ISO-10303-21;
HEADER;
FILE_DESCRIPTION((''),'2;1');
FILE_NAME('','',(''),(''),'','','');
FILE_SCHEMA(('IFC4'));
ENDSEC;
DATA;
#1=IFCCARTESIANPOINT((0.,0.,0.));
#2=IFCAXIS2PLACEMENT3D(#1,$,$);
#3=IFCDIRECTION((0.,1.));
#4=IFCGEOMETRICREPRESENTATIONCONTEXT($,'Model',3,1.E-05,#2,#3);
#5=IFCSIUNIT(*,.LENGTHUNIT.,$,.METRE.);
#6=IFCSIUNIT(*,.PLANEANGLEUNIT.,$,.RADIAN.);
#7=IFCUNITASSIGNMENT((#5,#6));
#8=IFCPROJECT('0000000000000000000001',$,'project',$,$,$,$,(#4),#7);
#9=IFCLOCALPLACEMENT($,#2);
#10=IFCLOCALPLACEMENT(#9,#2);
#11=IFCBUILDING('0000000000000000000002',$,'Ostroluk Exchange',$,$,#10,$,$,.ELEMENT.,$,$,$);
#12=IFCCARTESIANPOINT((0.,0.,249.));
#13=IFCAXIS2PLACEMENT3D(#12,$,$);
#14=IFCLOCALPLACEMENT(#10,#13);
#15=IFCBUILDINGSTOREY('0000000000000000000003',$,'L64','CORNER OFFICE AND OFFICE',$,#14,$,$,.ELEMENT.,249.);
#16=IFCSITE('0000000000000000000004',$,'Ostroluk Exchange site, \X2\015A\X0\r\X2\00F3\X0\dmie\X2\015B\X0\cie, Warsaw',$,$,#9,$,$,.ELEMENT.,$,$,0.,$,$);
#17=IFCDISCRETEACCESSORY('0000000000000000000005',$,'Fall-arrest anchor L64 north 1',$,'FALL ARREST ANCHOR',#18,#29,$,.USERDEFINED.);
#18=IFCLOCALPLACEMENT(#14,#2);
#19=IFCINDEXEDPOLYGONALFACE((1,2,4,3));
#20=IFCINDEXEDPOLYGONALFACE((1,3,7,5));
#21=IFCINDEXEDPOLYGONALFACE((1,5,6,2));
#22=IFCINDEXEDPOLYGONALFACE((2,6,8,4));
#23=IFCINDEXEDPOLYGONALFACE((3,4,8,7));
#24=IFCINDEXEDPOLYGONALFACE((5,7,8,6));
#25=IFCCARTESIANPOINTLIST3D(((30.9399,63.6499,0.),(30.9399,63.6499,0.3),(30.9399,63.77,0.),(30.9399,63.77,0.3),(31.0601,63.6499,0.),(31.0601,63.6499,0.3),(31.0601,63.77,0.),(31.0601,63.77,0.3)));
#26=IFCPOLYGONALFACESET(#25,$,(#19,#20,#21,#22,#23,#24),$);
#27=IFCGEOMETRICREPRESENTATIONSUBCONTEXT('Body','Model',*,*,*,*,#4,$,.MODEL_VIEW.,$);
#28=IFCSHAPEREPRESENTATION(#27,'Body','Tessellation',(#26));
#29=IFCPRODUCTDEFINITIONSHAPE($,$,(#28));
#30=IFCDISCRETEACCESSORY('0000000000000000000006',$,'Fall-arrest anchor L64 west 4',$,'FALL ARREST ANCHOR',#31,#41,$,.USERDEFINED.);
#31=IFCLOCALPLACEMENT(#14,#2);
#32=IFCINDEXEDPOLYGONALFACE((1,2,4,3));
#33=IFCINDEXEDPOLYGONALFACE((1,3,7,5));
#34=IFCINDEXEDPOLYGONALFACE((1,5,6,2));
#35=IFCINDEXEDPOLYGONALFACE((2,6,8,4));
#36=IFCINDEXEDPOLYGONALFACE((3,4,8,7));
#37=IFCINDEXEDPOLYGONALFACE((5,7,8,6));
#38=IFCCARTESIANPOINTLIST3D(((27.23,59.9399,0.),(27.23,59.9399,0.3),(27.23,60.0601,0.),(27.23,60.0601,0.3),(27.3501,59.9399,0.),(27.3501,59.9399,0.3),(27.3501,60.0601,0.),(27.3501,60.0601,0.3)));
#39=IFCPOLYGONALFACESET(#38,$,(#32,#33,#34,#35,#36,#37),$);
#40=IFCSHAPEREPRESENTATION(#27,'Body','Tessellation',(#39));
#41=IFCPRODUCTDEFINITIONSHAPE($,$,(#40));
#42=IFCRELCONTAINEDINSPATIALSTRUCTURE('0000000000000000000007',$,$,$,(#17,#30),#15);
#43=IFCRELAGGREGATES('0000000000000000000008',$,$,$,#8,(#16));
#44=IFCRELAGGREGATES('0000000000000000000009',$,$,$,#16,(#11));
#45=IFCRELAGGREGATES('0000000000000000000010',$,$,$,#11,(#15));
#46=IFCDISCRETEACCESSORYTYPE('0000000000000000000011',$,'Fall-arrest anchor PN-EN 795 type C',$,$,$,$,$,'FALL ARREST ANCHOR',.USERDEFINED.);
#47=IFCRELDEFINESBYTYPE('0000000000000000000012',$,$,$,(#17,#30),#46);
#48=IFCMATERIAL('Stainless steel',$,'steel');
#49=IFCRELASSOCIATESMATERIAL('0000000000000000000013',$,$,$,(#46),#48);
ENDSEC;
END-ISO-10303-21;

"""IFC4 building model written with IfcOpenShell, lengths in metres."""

from ifc_helpers import new_model, si_unit, direction, frame, origin, origin_2d, place, context, subcontext, project, spatial, rectangle, extrude, material, type_object, element, save


model = new_model("IFC4")

# Units and contexts
model_context = context("Model", 3, precision=1e-05, world=origin(), true_north=direction((0.0, 1.0)))
body_context = subcontext(model_context, "Body", "Model", "MODEL_VIEW")
ifc_project = project(units=[si_unit("LENGTHUNIT", "METRE"), si_unit("PLANEANGLEUNIT", "RADIAN")], contexts=[model_context])

# Site, building, storey
site_placement = place(None, origin())
site = spatial("IfcSite", under=ifc_project, at=site_placement, Name="Ostroluk Exchange site, Śródmieście, Warsaw", CompositionType="ELEMENT", RefElevation=0.0)
building_placement = place(site_placement, origin())
building = spatial("IfcBuilding", under=site, at=building_placement, Name="Ostroluk Exchange", CompositionType="ELEMENT")
storey_placement = place(building_placement, frame((0.0, 0.0, 249.0)))
storey = spatial("IfcBuildingStorey", under=building, at=storey_placement, Name="L64", Description="CORNER OFFICE AND OFFICE", CompositionType="ELEMENT", Elevation=249.0)

# Discrete accessories
ifc_material_1 = material(Name="Stainless steel", Category="steel")
discrete_accessory_type = type_object("IfcDiscreteAccessoryType", Name="Fall-arrest anchor PN-EN 795 type C", ElementType="FALL ARREST ANCHOR", PredefinedType="USERDEFINED", material=ifc_material_1)
for number, where, z_axis, x_axis, name in (
    (1, (31.0, 63.71, 0.0), (0.0, 0.0, 1.0), (1.0, 0.0, 0.0), "Fall-arrest anchor L64 north 1"),
    (2, (27.29, 60.0, 0.0), (0.0, 0.0, 1.0), (1.0, 0.0, 0.0), "Fall-arrest anchor L64 west 4"),
):
    element("IfcDiscreteAccessory", number, at=place(storey_placement, frame(where, z_axis=z_axis, x_axis=x_axis)), inside=storey, type_object=discrete_accessory_type, Name=name, ObjectType="FALL ARREST ANCHOR", PredefinedType="USERDEFINED", context=body_context, shape_type="SweptSolid", body=[
        extrude(rectangle(XDim=0.1201, YDim=0.1201, at=origin_2d()), origin(), (0.0, 0.0, 1.0), 0.3),
    ])

save(model, "model.ifc")
